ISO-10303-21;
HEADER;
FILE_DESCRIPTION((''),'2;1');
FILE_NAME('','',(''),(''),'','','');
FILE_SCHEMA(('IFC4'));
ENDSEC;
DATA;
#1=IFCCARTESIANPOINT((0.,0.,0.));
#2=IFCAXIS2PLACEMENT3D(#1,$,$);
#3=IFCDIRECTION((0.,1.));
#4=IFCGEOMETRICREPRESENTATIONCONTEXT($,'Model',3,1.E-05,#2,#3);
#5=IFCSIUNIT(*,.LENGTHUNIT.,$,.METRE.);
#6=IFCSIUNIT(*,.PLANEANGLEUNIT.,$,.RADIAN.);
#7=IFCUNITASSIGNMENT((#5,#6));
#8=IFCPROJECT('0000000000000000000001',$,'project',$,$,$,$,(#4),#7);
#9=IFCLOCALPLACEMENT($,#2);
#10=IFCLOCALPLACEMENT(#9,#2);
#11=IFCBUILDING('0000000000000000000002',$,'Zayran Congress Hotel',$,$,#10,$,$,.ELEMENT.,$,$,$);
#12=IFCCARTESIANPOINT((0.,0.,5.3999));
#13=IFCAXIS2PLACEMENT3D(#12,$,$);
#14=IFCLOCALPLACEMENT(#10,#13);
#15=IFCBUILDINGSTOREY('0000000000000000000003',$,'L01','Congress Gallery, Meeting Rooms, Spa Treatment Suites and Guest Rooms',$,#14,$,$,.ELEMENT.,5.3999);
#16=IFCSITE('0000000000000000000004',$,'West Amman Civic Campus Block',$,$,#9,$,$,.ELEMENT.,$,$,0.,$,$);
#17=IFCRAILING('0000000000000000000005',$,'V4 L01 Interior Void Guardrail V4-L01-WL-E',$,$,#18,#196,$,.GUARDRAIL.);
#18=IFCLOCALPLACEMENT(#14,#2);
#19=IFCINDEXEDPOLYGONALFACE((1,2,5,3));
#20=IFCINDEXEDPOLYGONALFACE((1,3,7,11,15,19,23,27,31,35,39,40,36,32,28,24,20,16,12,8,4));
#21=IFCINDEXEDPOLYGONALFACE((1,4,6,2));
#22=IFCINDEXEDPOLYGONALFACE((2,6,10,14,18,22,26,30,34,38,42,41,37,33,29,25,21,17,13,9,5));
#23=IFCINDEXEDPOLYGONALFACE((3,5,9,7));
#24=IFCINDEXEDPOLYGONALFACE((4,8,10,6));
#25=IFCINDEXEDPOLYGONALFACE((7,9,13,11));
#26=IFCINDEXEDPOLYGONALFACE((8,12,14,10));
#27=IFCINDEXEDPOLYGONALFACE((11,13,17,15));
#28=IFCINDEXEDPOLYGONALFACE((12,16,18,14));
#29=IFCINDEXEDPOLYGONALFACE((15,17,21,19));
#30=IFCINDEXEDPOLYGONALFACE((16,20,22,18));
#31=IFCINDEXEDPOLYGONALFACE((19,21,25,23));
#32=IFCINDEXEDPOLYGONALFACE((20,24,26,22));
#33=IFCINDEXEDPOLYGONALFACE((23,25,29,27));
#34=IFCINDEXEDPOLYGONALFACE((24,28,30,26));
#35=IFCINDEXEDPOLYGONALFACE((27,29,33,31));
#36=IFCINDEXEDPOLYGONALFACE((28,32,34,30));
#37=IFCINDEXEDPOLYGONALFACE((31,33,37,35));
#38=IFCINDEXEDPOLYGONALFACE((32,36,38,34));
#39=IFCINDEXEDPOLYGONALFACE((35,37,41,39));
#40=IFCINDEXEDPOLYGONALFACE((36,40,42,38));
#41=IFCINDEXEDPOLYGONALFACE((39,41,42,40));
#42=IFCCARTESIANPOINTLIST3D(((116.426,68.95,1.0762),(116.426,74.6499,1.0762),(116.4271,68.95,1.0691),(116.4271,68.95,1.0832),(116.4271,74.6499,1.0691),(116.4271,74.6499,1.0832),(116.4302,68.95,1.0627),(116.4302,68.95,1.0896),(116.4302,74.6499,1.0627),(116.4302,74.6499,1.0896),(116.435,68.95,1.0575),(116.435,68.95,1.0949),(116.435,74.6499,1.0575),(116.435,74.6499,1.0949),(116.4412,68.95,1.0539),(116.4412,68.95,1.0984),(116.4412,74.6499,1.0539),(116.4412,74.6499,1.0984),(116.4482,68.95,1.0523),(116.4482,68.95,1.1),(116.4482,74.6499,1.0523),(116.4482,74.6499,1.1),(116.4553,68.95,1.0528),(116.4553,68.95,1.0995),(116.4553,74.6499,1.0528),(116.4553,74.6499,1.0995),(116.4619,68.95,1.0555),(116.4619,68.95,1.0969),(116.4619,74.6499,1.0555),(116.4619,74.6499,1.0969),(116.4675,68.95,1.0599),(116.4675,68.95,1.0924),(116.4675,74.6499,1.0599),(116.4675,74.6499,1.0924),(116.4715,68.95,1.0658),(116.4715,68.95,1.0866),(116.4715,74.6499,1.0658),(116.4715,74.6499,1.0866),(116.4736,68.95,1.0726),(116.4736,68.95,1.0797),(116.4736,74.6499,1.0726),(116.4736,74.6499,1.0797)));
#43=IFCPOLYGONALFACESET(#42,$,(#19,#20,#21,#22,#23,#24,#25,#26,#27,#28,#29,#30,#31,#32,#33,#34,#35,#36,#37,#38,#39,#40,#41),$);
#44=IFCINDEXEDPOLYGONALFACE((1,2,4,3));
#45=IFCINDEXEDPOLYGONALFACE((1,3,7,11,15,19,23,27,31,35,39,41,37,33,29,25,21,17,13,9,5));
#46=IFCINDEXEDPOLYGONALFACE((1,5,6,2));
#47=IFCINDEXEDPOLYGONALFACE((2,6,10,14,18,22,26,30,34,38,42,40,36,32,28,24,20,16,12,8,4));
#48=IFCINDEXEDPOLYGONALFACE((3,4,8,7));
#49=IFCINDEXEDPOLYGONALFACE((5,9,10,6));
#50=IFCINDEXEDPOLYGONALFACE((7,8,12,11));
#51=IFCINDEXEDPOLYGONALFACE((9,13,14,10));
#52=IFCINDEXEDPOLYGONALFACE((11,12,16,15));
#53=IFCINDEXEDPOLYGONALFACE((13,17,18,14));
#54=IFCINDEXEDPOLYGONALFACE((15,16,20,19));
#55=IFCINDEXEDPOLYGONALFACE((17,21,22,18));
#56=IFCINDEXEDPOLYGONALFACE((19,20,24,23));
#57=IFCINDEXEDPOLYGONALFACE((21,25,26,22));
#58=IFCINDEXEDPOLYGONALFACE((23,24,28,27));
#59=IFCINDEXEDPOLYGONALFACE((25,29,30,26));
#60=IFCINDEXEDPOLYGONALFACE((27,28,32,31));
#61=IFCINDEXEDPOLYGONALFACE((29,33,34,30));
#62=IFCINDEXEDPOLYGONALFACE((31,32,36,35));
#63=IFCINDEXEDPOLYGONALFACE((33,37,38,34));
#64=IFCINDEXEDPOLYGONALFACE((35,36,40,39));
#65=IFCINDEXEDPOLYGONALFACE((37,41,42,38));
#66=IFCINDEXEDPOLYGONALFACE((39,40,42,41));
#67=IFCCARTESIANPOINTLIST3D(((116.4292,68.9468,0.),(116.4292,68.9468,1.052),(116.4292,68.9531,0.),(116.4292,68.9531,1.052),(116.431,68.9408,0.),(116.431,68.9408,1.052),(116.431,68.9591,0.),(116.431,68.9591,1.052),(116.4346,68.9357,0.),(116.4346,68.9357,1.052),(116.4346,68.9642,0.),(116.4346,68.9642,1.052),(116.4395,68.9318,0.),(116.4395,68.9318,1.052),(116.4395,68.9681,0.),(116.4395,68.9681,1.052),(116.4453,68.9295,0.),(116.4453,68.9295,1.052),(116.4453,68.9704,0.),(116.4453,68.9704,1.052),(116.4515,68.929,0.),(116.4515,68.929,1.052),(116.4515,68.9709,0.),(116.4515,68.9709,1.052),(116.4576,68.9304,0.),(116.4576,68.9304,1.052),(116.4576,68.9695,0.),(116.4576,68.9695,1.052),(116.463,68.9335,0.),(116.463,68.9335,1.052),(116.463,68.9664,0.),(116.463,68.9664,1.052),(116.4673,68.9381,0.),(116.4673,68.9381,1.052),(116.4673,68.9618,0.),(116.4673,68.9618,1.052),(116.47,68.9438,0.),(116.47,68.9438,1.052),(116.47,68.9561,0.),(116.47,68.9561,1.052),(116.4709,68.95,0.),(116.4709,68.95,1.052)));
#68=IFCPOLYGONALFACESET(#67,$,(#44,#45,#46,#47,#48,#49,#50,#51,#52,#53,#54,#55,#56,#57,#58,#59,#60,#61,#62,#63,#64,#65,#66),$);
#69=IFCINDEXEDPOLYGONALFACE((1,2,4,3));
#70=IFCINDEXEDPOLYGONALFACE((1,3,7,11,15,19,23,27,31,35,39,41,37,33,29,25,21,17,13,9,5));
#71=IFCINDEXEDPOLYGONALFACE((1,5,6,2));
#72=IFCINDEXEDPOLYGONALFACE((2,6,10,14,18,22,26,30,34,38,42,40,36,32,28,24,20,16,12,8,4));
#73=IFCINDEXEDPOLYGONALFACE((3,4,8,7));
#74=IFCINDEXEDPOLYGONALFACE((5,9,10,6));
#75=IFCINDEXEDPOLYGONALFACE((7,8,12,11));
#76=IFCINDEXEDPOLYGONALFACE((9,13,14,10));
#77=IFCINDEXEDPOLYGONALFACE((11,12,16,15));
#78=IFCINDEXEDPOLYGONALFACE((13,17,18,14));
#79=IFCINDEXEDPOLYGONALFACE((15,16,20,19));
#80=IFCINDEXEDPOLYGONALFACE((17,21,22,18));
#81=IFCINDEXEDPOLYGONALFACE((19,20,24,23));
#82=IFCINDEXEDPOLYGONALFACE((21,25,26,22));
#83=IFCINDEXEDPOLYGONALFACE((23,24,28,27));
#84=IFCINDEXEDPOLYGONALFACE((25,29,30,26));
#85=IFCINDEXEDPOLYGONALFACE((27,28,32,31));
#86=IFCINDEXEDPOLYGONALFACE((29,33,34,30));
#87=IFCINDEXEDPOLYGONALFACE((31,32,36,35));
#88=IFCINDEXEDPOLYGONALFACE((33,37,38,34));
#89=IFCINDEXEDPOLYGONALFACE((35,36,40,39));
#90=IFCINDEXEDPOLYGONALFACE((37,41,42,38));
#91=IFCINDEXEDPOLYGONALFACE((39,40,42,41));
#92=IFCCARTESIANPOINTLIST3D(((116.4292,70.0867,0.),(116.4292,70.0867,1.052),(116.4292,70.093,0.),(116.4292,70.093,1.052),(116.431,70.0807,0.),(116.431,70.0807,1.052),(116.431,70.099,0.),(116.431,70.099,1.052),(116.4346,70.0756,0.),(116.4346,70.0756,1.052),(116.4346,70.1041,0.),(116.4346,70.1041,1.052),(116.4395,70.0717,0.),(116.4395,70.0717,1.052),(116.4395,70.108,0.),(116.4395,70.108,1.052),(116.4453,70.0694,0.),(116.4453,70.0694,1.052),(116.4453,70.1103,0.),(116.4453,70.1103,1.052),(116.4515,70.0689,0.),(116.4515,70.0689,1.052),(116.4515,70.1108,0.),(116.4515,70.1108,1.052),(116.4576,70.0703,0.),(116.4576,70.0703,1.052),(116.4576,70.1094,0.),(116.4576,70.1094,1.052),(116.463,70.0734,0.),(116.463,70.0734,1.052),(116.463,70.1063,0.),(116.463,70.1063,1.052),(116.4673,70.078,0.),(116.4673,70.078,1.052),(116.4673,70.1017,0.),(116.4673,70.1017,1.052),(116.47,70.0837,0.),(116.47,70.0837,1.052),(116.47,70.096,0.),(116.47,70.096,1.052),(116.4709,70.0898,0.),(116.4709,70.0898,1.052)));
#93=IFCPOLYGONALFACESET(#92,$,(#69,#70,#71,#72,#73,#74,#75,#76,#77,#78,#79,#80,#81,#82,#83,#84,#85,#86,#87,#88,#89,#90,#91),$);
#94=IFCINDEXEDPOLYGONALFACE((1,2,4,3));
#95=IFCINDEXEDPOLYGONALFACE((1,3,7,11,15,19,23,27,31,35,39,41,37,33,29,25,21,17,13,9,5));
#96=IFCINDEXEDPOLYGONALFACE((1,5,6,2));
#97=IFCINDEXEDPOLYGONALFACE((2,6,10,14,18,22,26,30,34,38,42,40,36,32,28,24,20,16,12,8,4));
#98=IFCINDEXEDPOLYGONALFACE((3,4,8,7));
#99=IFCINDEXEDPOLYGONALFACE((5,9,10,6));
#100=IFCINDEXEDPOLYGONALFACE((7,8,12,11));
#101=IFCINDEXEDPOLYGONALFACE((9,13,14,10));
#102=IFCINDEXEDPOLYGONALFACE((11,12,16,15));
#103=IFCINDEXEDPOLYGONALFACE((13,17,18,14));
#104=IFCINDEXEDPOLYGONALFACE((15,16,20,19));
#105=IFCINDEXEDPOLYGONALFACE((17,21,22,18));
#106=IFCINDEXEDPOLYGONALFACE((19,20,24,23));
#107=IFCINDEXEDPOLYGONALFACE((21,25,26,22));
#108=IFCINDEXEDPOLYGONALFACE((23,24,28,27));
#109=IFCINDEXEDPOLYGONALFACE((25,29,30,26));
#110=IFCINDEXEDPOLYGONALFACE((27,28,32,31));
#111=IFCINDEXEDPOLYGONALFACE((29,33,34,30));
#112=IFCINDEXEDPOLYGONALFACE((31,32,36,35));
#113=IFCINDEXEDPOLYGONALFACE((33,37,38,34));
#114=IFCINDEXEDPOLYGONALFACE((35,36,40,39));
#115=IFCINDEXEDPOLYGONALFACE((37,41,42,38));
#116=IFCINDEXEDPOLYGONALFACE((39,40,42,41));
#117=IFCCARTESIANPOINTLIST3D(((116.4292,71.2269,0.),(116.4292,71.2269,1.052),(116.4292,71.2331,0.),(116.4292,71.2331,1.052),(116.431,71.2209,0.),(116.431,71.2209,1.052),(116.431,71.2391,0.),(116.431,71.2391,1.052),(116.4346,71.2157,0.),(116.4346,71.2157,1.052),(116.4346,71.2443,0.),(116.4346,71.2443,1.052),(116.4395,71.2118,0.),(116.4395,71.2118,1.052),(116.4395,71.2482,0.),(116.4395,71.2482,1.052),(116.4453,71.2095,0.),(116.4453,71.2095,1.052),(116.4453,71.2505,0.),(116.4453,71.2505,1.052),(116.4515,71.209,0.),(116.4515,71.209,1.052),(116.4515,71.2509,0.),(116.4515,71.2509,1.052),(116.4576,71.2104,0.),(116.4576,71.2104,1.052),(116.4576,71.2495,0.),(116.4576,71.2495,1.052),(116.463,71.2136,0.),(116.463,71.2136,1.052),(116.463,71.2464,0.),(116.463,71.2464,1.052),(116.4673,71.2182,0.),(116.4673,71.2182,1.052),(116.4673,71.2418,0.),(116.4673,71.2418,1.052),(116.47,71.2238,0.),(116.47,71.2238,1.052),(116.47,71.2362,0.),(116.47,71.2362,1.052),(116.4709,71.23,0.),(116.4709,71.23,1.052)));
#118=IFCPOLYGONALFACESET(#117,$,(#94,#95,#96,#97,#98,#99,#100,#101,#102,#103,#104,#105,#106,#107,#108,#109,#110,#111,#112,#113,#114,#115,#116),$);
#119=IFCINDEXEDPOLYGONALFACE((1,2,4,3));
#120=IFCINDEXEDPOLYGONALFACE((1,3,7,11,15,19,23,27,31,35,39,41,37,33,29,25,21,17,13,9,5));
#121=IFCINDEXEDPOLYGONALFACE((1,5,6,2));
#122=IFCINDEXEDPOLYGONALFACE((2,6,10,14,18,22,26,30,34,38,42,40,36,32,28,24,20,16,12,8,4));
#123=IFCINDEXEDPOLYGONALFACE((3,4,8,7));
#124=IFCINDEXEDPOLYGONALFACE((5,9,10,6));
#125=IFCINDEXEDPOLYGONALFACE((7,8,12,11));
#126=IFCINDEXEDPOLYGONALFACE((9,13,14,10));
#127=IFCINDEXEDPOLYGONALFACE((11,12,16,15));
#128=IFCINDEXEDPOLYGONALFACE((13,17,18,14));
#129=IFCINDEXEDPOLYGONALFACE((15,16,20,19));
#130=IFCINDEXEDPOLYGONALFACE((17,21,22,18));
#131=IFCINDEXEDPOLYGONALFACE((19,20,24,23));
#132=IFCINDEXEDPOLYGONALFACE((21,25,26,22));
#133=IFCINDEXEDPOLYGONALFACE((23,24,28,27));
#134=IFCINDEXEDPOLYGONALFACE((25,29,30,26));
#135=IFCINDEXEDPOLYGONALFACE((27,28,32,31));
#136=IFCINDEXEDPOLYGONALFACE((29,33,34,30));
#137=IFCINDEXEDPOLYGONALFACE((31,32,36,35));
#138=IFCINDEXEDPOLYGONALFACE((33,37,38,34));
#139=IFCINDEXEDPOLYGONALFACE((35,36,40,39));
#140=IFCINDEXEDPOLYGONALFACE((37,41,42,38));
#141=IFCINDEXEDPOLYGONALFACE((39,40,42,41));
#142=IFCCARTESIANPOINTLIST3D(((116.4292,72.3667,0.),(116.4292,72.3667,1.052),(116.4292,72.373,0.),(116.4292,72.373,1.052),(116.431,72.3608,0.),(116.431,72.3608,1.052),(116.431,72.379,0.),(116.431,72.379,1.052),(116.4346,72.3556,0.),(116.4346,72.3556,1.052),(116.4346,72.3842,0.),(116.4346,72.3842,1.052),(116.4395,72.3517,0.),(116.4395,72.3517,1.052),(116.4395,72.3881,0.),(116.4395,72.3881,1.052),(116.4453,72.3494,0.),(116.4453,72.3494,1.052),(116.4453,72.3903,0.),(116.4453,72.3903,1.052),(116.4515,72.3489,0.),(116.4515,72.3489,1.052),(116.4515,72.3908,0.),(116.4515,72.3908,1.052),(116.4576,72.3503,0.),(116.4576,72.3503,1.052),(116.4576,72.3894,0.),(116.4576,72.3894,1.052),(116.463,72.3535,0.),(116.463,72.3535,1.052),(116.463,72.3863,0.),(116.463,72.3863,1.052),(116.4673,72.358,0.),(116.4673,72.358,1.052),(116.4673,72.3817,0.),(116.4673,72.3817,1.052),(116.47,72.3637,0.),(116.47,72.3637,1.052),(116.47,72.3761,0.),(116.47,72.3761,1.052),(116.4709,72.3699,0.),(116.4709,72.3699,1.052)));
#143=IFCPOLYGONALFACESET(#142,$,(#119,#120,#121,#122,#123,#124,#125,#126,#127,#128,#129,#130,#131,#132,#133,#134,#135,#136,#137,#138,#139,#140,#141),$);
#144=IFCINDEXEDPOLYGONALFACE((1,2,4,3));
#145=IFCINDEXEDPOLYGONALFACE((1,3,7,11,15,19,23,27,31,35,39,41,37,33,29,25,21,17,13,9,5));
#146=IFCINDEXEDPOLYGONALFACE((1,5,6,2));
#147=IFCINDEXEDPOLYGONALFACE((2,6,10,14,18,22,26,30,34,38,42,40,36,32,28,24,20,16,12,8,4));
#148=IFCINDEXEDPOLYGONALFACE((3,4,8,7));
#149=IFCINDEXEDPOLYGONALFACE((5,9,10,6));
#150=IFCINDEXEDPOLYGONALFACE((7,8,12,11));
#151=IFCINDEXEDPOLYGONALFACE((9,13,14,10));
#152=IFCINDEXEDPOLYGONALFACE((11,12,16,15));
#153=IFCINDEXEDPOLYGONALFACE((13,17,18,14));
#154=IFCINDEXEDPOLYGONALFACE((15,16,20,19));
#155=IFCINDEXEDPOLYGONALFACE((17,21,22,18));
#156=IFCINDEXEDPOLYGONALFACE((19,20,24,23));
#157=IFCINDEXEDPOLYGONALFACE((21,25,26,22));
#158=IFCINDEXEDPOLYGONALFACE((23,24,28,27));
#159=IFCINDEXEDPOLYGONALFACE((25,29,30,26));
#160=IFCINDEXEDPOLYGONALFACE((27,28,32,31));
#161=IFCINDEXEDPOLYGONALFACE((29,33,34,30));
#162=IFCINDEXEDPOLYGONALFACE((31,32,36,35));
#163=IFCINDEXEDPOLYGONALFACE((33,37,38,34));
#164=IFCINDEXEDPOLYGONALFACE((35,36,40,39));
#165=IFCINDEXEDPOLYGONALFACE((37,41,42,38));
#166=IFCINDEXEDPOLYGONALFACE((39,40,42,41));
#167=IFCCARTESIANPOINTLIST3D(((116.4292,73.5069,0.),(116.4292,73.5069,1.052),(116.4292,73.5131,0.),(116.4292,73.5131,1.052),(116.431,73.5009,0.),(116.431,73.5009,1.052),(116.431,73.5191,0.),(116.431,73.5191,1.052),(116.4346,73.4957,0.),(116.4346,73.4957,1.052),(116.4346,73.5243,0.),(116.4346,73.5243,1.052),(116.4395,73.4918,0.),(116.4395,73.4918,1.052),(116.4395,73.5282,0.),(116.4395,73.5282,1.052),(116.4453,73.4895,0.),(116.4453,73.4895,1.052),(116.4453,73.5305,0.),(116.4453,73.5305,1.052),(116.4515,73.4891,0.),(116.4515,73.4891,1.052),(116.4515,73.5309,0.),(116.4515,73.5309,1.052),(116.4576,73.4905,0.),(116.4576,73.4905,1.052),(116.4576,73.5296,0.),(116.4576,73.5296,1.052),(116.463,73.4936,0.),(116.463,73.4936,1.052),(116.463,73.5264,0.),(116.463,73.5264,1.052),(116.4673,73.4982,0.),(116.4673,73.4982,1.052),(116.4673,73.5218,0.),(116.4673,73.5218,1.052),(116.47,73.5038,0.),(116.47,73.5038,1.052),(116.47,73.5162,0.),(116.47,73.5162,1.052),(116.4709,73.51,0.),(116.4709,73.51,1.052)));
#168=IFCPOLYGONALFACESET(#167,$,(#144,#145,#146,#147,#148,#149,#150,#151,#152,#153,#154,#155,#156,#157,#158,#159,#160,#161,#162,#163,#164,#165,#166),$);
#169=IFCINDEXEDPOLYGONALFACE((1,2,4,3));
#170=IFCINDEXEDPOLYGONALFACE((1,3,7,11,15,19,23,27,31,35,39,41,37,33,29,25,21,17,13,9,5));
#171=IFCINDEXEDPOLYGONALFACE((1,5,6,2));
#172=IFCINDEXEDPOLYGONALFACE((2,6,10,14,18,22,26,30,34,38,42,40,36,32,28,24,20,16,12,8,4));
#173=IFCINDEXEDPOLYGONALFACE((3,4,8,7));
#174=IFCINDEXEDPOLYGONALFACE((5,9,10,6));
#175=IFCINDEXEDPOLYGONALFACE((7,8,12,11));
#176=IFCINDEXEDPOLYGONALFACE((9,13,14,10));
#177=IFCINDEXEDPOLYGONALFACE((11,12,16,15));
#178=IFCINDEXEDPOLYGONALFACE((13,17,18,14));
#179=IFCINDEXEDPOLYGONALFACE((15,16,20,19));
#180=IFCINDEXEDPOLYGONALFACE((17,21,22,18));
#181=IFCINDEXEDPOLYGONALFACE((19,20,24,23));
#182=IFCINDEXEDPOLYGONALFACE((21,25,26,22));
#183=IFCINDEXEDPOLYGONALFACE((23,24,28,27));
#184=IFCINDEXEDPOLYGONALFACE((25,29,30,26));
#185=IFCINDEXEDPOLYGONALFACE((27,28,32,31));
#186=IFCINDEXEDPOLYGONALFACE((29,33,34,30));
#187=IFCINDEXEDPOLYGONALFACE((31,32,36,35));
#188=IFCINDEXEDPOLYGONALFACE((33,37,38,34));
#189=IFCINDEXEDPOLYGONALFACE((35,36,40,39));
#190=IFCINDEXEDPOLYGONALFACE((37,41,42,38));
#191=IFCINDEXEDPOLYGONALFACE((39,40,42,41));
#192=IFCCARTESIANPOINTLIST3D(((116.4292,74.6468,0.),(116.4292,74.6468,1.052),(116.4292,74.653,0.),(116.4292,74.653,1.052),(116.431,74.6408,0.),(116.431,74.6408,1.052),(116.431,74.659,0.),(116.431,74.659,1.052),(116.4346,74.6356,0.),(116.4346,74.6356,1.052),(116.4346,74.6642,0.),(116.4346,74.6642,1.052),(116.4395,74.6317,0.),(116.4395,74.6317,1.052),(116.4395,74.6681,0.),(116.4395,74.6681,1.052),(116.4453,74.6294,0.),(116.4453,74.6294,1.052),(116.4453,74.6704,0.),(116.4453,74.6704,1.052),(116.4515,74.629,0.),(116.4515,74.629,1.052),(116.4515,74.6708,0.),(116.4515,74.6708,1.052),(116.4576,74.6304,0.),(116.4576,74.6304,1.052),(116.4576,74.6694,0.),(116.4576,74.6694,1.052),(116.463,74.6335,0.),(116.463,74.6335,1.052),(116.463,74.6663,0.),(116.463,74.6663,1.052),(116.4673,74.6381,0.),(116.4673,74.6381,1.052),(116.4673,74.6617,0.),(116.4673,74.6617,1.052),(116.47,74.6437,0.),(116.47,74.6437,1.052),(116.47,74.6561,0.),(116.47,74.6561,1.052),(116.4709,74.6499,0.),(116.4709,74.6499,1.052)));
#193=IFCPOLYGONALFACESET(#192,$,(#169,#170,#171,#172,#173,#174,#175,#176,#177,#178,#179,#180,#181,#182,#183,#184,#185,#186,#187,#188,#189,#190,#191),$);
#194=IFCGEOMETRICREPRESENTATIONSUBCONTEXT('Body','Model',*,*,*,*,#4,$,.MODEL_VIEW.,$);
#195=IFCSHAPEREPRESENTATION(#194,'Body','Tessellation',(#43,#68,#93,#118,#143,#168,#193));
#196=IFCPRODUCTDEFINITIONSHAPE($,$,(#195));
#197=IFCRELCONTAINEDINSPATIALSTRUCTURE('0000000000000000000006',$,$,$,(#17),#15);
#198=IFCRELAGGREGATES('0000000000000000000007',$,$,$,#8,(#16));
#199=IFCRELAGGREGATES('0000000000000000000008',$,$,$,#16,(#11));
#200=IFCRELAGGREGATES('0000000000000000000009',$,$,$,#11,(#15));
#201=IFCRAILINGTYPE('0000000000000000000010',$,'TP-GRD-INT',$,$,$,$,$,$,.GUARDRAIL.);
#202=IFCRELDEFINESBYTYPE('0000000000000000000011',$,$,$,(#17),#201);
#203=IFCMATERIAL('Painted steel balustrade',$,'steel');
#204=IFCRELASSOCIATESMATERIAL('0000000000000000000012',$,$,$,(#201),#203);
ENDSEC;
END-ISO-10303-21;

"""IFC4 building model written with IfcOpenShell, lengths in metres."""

from ifc_helpers import new_model, si_unit, direction, frame, origin, origin_2d, place, context, subcontext, project, spatial, circle, extrude, material, type_object, element, save


model = new_model("IFC4")

# Units and contexts
model_context = context("Model", 3, precision=1e-05, world=origin(), true_north=direction((0.0, 1.0)))
body_context = subcontext(model_context, "Body", "Model", "MODEL_VIEW")
ifc_project = project(units=[si_unit("LENGTHUNIT", "METRE"), si_unit("PLANEANGLEUNIT", "RADIAN")], contexts=[model_context])

# Site, building, storey
site_placement = place(None, origin())
site = spatial("IfcSite", under=ifc_project, at=site_placement, Name="West Amman Civic Campus Block", CompositionType="ELEMENT", RefElevation=0.0)
building_placement = place(site_placement, origin())
building = spatial("IfcBuilding", under=site, at=building_placement, Name="Zayran Congress Hotel", CompositionType="ELEMENT")
storey_placement = place(building_placement, frame((0.0, 0.0, 5.3999)))
storey = spatial("IfcBuildingStorey", under=building, at=storey_placement, Name="L01", Description="Congress Gallery, Meeting Rooms, Spa Treatment Suites and Guest Rooms", CompositionType="ELEMENT", Elevation=5.3999)

# Railing
ifc_material_1 = material(Name="Painted steel balustrade", Category="steel")
railing_type_1 = type_object("IfcRailingType", Name="TP-GRD-INT", PredefinedType="GUARDRAIL", material=ifc_material_1)
railing_1_placement = place(storey_placement, frame((116.45, 68.95, 0.0)))
element("IfcRailing", 1, at=railing_1_placement, inside=storey, type_object=railing_type_1, Name="V4 L01 Interior Void Guardrail V4-L01-WL-E", PredefinedType="GUARDRAIL", context=body_context, shape_type="SweptSolid", body=[
    extrude(circle(Radius=0.0239, at=origin_2d()), frame((0.0, 0.0, 1.0762), z_axis=(0.0, 1.0, 0.0), x_axis=(-1.0, 0.0, 0.0)), (0.0, 0.0, 1.0), 5.7),
    extrude(circle(Radius=0.021, at=origin_2d()), origin(), (0.0, 0.0, 1.0), 1.052),
    extrude(circle(Radius=0.021, at=origin_2d()), frame((0.0, 1.1399, 0.0)), (0.0, 0.0, 1.0), 1.052),
    extrude(circle(Radius=0.021, at=origin_2d()), frame((0.0, 2.28, 0.0)), (0.0, 0.0, 1.0), 1.052),
    extrude(circle(Radius=0.021, at=origin_2d()), frame((0.0, 3.4199, 0.0)), (0.0, 0.0, 1.0), 1.052),
    extrude(circle(Radius=0.021, at=origin_2d()), frame((0.0, 4.5601, 0.0)), (0.0, 0.0, 1.0), 1.052),
    extrude(circle(Radius=0.021, at=origin_2d()), frame((0.0, 5.7, 0.0)), (0.0, 0.0, 1.0), 1.052),
])

save(model, "model.ifc")
